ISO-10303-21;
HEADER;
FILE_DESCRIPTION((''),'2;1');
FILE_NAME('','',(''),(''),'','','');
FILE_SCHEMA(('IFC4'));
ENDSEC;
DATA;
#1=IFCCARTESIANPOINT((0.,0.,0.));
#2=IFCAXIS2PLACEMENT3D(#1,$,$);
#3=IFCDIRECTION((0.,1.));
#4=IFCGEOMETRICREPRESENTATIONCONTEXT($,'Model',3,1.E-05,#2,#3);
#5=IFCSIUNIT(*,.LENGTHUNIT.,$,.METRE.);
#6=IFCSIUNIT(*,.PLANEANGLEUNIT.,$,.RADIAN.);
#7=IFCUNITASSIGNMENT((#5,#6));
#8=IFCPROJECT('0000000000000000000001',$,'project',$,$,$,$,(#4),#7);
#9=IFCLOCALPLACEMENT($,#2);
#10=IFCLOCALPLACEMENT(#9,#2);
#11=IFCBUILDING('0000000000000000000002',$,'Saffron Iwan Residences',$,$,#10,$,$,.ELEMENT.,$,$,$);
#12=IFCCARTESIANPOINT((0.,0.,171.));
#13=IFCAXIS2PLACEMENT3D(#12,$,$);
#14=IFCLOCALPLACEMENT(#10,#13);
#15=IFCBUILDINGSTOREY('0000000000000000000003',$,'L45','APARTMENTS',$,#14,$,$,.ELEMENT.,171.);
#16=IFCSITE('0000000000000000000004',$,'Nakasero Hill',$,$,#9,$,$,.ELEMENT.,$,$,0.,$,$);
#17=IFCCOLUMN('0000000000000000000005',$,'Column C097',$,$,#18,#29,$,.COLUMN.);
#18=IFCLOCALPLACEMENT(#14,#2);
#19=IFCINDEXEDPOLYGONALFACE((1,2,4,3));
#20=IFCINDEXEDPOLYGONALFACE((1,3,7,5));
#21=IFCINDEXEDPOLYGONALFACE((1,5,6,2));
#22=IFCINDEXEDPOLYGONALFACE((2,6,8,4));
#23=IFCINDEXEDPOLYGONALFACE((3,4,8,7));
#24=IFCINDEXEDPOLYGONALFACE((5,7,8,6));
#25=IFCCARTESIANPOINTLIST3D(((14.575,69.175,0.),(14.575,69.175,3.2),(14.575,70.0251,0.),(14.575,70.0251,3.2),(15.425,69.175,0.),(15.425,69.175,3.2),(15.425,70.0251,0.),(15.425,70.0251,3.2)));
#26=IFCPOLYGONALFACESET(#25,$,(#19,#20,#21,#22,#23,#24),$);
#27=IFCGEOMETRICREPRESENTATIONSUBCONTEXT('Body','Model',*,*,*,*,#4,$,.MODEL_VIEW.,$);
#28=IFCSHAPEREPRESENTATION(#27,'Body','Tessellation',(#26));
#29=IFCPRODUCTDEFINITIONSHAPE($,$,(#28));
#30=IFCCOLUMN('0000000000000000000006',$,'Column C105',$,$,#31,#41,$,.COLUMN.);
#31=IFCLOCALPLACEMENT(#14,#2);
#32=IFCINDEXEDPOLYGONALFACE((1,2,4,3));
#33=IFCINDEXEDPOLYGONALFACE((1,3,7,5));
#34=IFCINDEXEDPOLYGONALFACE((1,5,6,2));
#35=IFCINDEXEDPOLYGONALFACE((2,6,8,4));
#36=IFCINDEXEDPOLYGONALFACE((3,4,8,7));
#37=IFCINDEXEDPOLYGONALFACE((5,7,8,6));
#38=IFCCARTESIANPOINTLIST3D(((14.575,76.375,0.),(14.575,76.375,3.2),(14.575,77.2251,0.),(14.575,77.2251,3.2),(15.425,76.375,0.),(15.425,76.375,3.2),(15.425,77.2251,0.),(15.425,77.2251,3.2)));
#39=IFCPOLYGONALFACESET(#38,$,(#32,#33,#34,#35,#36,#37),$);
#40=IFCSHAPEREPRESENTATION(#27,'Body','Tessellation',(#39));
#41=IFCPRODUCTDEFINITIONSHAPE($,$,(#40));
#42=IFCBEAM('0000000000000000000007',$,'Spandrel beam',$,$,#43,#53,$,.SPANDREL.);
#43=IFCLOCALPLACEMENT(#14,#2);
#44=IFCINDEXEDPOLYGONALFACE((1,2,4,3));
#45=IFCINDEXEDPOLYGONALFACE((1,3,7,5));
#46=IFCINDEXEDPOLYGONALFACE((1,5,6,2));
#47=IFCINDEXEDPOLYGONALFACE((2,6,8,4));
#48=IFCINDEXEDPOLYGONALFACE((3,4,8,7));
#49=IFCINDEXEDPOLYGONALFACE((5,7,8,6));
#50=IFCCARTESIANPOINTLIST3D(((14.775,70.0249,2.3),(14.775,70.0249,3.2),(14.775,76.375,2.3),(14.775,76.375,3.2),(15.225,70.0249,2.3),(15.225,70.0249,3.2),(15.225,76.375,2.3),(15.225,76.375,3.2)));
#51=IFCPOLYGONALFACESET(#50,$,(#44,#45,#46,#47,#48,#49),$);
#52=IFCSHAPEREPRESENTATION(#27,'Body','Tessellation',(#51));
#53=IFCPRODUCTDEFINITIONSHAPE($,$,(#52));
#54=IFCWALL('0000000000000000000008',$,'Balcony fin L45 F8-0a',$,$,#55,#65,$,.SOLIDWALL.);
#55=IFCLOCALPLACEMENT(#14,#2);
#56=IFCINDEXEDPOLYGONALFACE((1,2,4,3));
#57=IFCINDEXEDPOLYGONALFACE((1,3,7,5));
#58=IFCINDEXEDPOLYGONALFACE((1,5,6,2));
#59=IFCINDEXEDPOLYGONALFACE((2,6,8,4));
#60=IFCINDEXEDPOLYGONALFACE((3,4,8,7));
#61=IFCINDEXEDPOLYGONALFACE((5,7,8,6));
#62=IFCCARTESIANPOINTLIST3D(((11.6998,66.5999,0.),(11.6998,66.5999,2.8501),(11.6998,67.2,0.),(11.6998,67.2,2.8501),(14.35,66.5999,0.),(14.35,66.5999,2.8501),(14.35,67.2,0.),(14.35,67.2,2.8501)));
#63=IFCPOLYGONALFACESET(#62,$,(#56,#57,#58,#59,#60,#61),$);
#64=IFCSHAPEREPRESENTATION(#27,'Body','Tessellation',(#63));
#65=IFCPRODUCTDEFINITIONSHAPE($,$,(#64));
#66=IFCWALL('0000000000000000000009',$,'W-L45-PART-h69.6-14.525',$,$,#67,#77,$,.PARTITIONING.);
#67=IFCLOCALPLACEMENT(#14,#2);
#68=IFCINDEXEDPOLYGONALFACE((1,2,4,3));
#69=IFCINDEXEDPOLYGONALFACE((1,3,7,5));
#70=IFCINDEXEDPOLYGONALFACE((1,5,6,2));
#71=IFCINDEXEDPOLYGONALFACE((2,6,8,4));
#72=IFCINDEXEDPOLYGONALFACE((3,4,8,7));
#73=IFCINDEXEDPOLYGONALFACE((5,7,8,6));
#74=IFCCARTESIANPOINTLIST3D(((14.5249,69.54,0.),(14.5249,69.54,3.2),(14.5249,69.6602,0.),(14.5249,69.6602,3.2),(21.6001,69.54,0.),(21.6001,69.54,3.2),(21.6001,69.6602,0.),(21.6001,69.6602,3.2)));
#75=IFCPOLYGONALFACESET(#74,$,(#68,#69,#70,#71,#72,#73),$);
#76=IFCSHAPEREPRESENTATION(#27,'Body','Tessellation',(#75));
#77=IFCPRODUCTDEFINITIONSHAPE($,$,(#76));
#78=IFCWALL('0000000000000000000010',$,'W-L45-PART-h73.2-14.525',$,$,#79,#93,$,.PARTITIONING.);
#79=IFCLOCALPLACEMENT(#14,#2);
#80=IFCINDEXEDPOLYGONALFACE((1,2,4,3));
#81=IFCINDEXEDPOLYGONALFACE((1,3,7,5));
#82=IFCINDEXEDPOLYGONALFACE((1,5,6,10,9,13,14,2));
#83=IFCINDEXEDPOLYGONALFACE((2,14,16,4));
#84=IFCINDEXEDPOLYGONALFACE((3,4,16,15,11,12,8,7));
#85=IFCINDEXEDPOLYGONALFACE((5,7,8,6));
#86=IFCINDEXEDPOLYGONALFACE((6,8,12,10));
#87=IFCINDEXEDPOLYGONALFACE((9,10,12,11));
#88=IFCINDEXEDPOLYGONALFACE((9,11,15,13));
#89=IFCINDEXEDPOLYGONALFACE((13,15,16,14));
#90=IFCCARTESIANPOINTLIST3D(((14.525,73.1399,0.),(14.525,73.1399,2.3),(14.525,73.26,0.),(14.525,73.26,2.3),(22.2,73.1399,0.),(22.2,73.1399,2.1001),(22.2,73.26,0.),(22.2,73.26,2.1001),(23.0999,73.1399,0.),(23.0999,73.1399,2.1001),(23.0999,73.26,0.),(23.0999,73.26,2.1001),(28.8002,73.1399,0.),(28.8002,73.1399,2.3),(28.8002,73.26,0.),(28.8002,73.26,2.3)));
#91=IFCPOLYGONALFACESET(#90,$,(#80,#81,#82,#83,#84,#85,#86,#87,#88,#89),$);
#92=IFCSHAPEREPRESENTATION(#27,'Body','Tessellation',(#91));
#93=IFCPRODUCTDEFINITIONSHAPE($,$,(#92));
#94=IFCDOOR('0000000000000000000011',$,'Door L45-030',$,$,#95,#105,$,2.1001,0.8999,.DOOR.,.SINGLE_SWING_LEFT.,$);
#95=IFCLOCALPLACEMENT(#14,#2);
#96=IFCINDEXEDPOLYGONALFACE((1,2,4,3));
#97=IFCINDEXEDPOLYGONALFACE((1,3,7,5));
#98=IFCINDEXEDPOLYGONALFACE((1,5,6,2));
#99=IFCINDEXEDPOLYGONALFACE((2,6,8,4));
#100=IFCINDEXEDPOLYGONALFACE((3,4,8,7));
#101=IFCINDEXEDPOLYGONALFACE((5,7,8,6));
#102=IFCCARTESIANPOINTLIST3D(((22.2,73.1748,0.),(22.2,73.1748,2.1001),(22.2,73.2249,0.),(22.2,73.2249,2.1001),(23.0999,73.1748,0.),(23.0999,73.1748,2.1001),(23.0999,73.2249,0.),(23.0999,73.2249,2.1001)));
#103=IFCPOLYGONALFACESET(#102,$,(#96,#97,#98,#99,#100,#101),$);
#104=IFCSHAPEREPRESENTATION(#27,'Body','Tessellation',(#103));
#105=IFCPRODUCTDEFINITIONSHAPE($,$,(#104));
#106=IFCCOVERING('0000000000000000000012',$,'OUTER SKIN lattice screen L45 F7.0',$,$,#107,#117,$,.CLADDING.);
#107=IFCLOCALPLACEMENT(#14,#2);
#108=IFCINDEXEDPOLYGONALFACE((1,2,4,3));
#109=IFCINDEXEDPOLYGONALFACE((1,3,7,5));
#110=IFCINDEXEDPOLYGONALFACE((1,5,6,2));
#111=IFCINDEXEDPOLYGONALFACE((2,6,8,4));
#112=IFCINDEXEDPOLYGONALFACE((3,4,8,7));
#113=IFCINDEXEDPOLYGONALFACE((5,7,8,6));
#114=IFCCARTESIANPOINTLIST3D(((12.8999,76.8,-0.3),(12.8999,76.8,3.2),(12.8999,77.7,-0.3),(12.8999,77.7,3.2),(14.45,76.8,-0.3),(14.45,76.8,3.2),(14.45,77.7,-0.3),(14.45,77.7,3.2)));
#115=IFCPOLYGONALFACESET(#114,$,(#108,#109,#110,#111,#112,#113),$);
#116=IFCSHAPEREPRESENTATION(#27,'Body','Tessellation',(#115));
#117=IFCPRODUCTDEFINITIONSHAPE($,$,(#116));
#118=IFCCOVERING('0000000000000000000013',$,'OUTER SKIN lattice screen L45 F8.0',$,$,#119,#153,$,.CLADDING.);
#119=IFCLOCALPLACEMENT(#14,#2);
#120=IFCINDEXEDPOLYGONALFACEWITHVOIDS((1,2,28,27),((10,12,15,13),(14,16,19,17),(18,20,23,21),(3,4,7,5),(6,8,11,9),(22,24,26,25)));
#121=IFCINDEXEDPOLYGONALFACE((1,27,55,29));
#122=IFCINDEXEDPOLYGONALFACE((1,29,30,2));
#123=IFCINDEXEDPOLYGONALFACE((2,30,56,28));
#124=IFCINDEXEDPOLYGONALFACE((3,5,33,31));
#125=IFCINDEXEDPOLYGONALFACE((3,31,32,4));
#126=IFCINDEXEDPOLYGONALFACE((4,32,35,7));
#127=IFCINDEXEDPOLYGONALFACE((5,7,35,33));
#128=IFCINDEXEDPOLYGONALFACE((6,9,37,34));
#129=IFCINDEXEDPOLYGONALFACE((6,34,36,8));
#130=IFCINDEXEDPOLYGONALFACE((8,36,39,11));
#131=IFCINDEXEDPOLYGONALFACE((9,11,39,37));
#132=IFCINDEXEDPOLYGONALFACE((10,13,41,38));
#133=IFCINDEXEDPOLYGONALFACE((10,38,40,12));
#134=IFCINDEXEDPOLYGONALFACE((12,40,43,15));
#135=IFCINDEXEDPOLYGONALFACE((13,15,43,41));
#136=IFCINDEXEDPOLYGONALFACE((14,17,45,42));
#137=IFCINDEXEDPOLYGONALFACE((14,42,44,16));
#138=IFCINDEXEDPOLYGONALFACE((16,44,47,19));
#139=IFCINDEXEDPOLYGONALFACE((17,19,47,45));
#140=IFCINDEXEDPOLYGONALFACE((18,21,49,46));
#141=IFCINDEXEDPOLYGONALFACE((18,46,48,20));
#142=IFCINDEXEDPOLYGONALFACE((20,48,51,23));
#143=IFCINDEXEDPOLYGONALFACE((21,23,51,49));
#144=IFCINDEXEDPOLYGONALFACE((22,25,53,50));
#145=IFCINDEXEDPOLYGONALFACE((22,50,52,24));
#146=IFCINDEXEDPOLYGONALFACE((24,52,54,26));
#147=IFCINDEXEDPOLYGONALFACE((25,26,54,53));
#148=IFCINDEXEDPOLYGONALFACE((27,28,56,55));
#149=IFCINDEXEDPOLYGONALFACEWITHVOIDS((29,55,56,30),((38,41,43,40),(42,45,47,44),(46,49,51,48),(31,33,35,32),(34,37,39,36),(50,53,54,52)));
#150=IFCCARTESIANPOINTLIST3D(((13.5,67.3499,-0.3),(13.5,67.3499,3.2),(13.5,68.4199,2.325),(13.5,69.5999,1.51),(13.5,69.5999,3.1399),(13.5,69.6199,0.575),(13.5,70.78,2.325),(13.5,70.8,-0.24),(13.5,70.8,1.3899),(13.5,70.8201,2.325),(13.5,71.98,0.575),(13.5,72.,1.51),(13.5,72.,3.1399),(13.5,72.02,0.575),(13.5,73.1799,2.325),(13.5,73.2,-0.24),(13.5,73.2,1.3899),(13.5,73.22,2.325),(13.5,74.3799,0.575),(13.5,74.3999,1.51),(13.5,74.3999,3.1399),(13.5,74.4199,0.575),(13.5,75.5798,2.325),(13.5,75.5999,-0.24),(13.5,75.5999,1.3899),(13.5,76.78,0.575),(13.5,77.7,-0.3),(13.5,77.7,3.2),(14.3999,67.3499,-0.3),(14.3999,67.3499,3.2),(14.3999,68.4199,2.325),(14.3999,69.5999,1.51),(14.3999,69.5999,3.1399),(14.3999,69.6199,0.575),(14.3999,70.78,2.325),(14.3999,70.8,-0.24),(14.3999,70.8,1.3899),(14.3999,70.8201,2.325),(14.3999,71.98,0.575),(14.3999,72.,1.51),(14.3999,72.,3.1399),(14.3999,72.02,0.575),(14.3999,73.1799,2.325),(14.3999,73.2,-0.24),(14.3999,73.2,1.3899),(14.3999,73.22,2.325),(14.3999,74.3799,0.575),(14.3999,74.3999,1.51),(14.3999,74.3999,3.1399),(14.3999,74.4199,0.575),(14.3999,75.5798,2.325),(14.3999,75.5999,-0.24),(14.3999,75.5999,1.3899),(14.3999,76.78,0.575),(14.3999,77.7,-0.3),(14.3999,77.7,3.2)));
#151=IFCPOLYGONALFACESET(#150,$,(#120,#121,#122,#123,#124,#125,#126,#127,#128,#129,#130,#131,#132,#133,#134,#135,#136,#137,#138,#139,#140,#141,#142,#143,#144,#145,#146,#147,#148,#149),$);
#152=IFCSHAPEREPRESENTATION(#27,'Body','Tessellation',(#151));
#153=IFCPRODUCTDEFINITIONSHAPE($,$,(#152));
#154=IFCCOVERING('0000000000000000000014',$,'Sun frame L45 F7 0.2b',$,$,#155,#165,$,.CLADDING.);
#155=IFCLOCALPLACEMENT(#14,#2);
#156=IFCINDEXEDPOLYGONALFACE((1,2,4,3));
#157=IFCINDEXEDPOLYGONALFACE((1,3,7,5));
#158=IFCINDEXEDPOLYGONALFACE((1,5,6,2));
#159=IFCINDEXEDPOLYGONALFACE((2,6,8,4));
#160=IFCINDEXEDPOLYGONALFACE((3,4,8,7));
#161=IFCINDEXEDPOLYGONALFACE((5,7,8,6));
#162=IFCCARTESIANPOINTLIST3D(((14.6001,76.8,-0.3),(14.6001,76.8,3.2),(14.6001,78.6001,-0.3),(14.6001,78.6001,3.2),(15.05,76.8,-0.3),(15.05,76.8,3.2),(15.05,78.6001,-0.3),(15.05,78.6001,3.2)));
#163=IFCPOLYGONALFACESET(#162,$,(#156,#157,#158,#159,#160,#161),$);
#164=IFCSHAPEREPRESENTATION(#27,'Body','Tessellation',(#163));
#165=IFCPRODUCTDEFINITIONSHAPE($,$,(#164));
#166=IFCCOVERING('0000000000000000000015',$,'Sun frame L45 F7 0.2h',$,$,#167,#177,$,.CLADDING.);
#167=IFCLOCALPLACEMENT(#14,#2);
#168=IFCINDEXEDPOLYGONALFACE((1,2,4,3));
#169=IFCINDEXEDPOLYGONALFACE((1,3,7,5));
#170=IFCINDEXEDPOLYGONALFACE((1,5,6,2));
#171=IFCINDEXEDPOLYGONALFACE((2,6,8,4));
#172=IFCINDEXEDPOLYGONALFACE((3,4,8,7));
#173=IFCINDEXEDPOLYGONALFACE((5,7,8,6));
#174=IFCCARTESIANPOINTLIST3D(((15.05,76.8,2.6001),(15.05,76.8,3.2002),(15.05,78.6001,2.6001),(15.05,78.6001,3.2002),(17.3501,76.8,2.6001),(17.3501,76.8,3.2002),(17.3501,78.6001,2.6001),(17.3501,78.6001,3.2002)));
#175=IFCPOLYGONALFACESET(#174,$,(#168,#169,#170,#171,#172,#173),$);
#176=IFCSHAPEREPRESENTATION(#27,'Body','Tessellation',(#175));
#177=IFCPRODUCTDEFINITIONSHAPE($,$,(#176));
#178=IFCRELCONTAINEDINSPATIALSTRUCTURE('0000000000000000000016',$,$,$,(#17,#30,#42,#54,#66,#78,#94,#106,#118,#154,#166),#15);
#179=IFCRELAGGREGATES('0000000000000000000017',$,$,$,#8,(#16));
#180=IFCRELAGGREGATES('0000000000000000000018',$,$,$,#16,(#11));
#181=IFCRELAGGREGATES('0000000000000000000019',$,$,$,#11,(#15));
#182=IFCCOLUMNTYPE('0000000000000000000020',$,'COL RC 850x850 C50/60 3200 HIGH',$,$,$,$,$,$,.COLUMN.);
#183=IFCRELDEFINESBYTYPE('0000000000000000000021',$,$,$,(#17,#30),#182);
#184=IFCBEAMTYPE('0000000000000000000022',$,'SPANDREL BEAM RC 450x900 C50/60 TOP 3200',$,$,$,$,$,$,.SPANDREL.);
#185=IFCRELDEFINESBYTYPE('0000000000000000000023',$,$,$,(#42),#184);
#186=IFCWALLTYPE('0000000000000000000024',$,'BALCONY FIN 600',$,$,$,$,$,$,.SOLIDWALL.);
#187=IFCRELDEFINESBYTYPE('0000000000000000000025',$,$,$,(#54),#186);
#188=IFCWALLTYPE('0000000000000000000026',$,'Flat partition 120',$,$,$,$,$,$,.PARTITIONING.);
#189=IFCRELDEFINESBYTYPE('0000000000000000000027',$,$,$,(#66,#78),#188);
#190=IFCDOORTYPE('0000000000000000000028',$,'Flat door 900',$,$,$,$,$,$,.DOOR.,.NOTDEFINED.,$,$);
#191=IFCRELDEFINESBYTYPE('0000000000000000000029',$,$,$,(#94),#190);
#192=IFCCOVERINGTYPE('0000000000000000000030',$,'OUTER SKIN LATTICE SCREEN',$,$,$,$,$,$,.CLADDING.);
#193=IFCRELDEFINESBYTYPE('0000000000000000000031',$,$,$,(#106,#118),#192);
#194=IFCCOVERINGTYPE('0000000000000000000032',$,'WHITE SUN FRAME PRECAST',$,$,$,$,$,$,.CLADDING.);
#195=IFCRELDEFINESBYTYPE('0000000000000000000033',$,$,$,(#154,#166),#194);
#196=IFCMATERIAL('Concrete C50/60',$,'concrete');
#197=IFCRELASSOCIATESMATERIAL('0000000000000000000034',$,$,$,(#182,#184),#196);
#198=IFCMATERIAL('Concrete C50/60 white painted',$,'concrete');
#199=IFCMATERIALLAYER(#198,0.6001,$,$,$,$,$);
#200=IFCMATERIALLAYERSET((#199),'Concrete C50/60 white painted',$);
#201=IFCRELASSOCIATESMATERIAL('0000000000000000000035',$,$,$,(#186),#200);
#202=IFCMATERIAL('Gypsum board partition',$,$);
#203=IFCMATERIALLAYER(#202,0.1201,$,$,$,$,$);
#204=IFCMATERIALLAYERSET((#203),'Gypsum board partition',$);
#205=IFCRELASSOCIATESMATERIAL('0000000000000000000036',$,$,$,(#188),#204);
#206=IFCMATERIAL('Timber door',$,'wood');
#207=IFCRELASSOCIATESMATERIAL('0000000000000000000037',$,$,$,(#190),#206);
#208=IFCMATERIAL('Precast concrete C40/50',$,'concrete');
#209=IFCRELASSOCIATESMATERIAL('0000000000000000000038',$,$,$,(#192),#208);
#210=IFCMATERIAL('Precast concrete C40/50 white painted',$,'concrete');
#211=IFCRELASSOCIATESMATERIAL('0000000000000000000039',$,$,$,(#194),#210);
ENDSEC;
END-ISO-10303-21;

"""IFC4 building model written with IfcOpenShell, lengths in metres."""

from ifc_helpers import new_model, si_unit, direction, frame, frame_2d, origin, origin_2d, place, context, subcontext, project, spatial, polyline, rectangle, outline, extrude, source, transform, mapped, material, layer, layer_set, material_profile, profile_set, type_object, element, fill, save


model = new_model("IFC4")

# Units and contexts
model_context = context("Model", 3, precision=1e-05, world=origin(), true_north=direction((0.0, 1.0)))
body_context = subcontext(model_context, "Body", "Model", "MODEL_VIEW")
ifc_project = project(units=[si_unit("LENGTHUNIT", "METRE"), si_unit("PLANEANGLEUNIT", "RADIAN")], contexts=[model_context])

# Site, building, storey
site_placement = place(None, origin())
site = spatial("IfcSite", under=ifc_project, at=site_placement, Name="Nakasero Hill", CompositionType="ELEMENT", RefElevation=0.0)
building_placement = place(site_placement, origin())
building = spatial("IfcBuilding", under=site, at=building_placement, Name="Saffron Iwan Residences", CompositionType="ELEMENT")
storey_placement = place(building_placement, frame((0.0, 0.0, 171.0)))
storey = spatial("IfcBuildingStorey", under=building, at=storey_placement, Name="L45", Description="APARTMENTS", CompositionType="ELEMENT", Elevation=171.0)

# Columns
ifc_material_1 = material(Name="Concrete C50/60", Category="concrete")
ifc_material_profile_1 = material_profile(ifc_material_1, rectangle(XDim=0.8501, YDim=0.8501, at=origin_2d()), Name="RC 850x850")
ifc_profile_set_1 = profile_set([ifc_material_profile_1], Name="Concrete C50/60")
column_type = type_object("IfcColumnType", Name="COL RC 850x850 C50/60 3200 HIGH", PredefinedType="COLUMN", material=ifc_profile_set_1)
shared_shape_1 = source(origin(), body_context, "Body", "SweptSolid", [
    extrude(rectangle(XDim=0.8501, YDim=0.8501, at=origin_2d()), origin(), (0.0, 0.0, 1.0), 3.2),
])
for number, where, z_axis, x_axis, name in (
    (1, (15.0, 69.6001, 0.0), (0.0, 0.0, 1.0), (1.0, 0.0, 0.0), "Column C097"),
    (2, (15.0, 76.8, 0.0), (0.0, 0.0, 1.0), (1.0, 0.0, 0.0), "Column C105"),
):
    element("IfcColumn", number, at=place(storey_placement, frame(where, z_axis=z_axis, x_axis=x_axis)), inside=storey, type_object=column_type, Name=name, PredefinedType="COLUMN", context=body_context, shape_type="MappedRepresentation", body=[
        mapped(shared_shape_1, transform((0.0, 0.0, 0.0))),
    ])

# Beam
ifc_material_profile_2 = material_profile(ifc_material_1, rectangle(XDim=0.45, YDim=0.8999, at=origin_2d()), Name="RC 450x900")
ifc_profile_set_2 = profile_set([ifc_material_profile_2], Name="Concrete C50/60")
beam_type = type_object("IfcBeamType", Name="SPANDREL BEAM RC 450x900 C50/60 TOP 3200", PredefinedType="SPANDREL", material=ifc_profile_set_2)
shared_shape_2 = source(origin(), body_context, "Body", "SweptSolid", [
    extrude(rectangle(XDim=0.45, YDim=0.8999, at=origin_2d()), origin(), (0.0, 0.0, 1.0), 6.3501),
])
beam_placement = place(storey_placement, frame((15.0, 70.0249, 2.75), z_axis=(0.0, 1.0, 0.0), x_axis=(-1.0, 0.0, 0.0)))
element("IfcBeam", 3, at=beam_placement, inside=storey, type_object=beam_type, Name="Spandrel beam", PredefinedType="SPANDREL", context=body_context, shape_type="MappedRepresentation", body=[
    mapped(shared_shape_2, transform((0.0, 0.0, 0.0))),
])

# Wall
ifc_material_2 = material(Name="Concrete C50/60 white painted", Category="concrete")
ifc_layer_1 = layer(ifc_material_2, 0.6001)
ifc_layer_set_1 = layer_set([ifc_layer_1], Name="Concrete C50/60 white painted")
wall_type_1 = type_object("IfcWallType", Name="BALCONY FIN 600", PredefinedType="SOLIDWALL", material=ifc_layer_set_1)
wall_1_placement = place(storey_placement, frame((14.3501, 66.8999, 0.0), z_axis=(0.0, 0.0, 1.0), x_axis=(-1.0, 0.0, 0.0)))
element("IfcWall", 4, at=wall_1_placement, inside=storey, type_object=wall_type_1, Name="Balcony fin L45 F8-0a", PredefinedType="SOLIDWALL", context=body_context, shape_type="SweptSolid", body=[
    extrude(rectangle(XDim=2.6501, YDim=0.6001, at=frame_2d((1.3252, 0.0))), origin(), (0.0, 0.0, 1.0), 2.8501),
])

# Wall
ifc_material_3 = material(Name="Gypsum board partition")
ifc_layer_2 = layer(ifc_material_3, 0.1201)
ifc_layer_set_2 = layer_set([ifc_layer_2], Name="Gypsum board partition")
wall_type_2 = type_object("IfcWallType", Name="Flat partition 120", PredefinedType="PARTITIONING", material=ifc_layer_set_2)
wall_2_placement = place(storey_placement, frame((14.5249, 69.6001, 0.0), z_axis=(0.0, 0.0, 1.0), x_axis=(1.0, 0.0, 0.0)))
element("IfcWall", 5, at=wall_2_placement, inside=storey, type_object=wall_type_2, Name="W-L45-PART-h69.6-14.525", PredefinedType="PARTITIONING", context=body_context, shape_type="SweptSolid", body=[
    extrude(rectangle(XDim=7.0752, YDim=0.1201, at=frame_2d((3.5376, 0.0))), origin(), (0.0, 0.0, 1.0), 3.2),
])

# Wall, opening, door
wall_3_placement = place(storey_placement, frame((14.5249, 73.2, 0.0), z_axis=(0.0, 0.0, 1.0), x_axis=(1.0, 0.0, 0.0)))
wall_3 = element("IfcWall", 6, at=wall_3_placement, inside=storey, type_object=wall_type_2, Name="W-L45-PART-h73.2-14.525", PredefinedType="PARTITIONING", context=body_context, shape_type="SweptSolid", body=[
    extrude(rectangle(XDim=14.2751, YDim=0.1201, at=frame_2d((7.1377, 0.0))), origin(), (0.0, 0.0, 1.0), 2.3),
])
opening_1_placement = place(wall_3_placement, frame((7.675, 0.0, 0.0)))
opening_1 = element("IfcOpeningElement", 7, at=opening_1_placement, cuts=wall_3, PredefinedType="OPENING", context=body_context, shape_type="SweptSolid", body=[
    extrude(rectangle(XDim=0.8999, YDim=2.1001, at=frame_2d((0.45, 1.05))), frame((0.0, 0.0701, 0.0), z_axis=(0.0, -1.0, 0.0), x_axis=(1.0, 0.0, 0.0)), (0.0, 0.0, 1.0), 0.1401),
])
ifc_material_4 = material(Name="Timber door", Category="wood")
door_type_1 = type_object("IfcDoorType", Name="Flat door 900", OperationType="NOTDEFINED", PredefinedType="DOOR", material=ifc_material_4)
door_1_placement = place(opening_1_placement, origin())
door_1 = element("IfcDoor", 8, at=door_1_placement, inside=storey, type_object=door_type_1, Name="Door L45-030", OperationType="SINGLE_SWING_LEFT", OverallHeight=2.1001, OverallWidth=0.8999, PredefinedType="DOOR", context=body_context, shape_type="SweptSolid", body=[
    extrude(rectangle(XDim=0.8999, YDim=2.1001, at=frame_2d((0.45, 1.05))), frame((0.0, 0.0249, 0.0), z_axis=(0.0, -1.0, 0.0), x_axis=(1.0, 0.0, 0.0)), (0.0, 0.0, 1.0), 0.05),
])
fill(opening_1, door_1)

# Coverings
ifc_material_5 = material(Name="Precast concrete C40/50", Category="concrete")
covering_type_1 = type_object("IfcCoveringType", Name="OUTER SKIN LATTICE SCREEN", PredefinedType="CLADDING", material=ifc_material_5)
covering_1_placement = place(storey_placement, frame((14.45, 76.8, -0.3), z_axis=(0.0, 1.0, 0.0), x_axis=(-1.0, 0.0, 0.0)))
element("IfcCovering", 9, at=covering_1_placement, inside=storey, type_object=covering_type_1, Name="OUTER SKIN lattice screen L45 F7.0", PredefinedType="CLADDING", context=body_context, shape_type="SweptSolid", body=[
    extrude(outline(polyline([(0.0, 0.0), (1.55, 0.0), (1.55, 3.5), (0.0, 3.5), (0.0, 0.0)])), origin(), (0.0, 0.0, 1.0), 0.8999),
])
covering_2_placement = place(storey_placement, frame((14.3999, 77.7, -0.3), z_axis=(-1.0, 0.0, 0.0), x_axis=(0.0, -1.0, 0.0)))
element("IfcCovering", 10, at=covering_2_placement, inside=storey, type_object=covering_type_1, Name="OUTER SKIN lattice screen L45 F8.0", PredefinedType="CLADDING", context=body_context, shape_type="SweptSolid", body=[
    extrude(outline(polyline([(0.0, 0.0), (10.3501, 0.0), (10.3501, 3.5), (0.0, 3.5), (0.0, 0.0)]), holes=[polyline([(0.9199, 0.875), (2.1001, 0.0601), (3.28, 0.875), (2.1001, 1.6899), (0.9199, 0.875)]), polyline([(3.3201, 0.875), (4.5, 0.0601), (5.6799, 0.875), (4.5, 1.6899), (3.3201, 0.875)]), polyline([(5.72, 0.875), (6.8999, 0.0601), (8.0801, 0.875), (6.8999, 1.6899), (5.72, 0.875)]), polyline([(2.1201, 2.625), (3.3, 1.8101), (4.48, 2.625), (3.3, 3.4399), (2.1201, 2.625)]), polyline([(4.52, 2.625), (5.7, 1.8101), (6.8799, 2.625), (5.7, 3.4399), (4.52, 2.625)]), polyline([(6.9199, 2.625), (8.1001, 1.8101), (9.28, 2.625), (8.1001, 3.4399), (6.9199, 2.625)])]), origin(), (0.0, 0.0, 1.0), 0.8999),
])
ifc_material_6 = material(Name="Precast concrete C40/50 white painted", Category="concrete")
covering_type_2 = type_object("IfcCoveringType", Name="WHITE SUN FRAME PRECAST", PredefinedType="CLADDING", material=ifc_material_6)
covering_3_placement = place(storey_placement, frame((15.05, 76.8, -0.3), z_axis=(0.0, 1.0, 0.0), x_axis=(-1.0, 0.0, 0.0)))
element("IfcCovering", 11, at=covering_3_placement, inside=storey, type_object=covering_type_2, Name="Sun frame L45 F7 0.2b", PredefinedType="CLADDING", context=body_context, shape_type="SweptSolid", body=[
    extrude(outline(polyline([(0.0, 0.0), (0.45, 0.0), (0.45, 3.5), (0.0, 3.5), (0.0, 0.0)])), origin(), (0.0, 0.0, 1.0), 1.8),
])
for number, where, z_axis, x_axis, name in (
    (12, (17.3501, 76.8, 2.6001), (0.0, 1.0, 0.0), (-1.0, 0.0, 0.0), "Sun frame L45 F7 0.2h"),
):
    element("IfcCovering", number, at=place(storey_placement, frame(where, z_axis=z_axis, x_axis=x_axis)), inside=storey, type_object=covering_type_2, Name=name, PredefinedType="CLADDING", context=body_context, shape_type="SweptSolid", body=[
        extrude(outline(polyline([(0.0, 0.0), (2.3, 0.0), (2.3, 0.6001), (0.0, 0.6001), (0.0, 0.0)])), origin(), (0.0, 0.0, 1.0), 1.8),
    ])

save(model, "model.ifc")
